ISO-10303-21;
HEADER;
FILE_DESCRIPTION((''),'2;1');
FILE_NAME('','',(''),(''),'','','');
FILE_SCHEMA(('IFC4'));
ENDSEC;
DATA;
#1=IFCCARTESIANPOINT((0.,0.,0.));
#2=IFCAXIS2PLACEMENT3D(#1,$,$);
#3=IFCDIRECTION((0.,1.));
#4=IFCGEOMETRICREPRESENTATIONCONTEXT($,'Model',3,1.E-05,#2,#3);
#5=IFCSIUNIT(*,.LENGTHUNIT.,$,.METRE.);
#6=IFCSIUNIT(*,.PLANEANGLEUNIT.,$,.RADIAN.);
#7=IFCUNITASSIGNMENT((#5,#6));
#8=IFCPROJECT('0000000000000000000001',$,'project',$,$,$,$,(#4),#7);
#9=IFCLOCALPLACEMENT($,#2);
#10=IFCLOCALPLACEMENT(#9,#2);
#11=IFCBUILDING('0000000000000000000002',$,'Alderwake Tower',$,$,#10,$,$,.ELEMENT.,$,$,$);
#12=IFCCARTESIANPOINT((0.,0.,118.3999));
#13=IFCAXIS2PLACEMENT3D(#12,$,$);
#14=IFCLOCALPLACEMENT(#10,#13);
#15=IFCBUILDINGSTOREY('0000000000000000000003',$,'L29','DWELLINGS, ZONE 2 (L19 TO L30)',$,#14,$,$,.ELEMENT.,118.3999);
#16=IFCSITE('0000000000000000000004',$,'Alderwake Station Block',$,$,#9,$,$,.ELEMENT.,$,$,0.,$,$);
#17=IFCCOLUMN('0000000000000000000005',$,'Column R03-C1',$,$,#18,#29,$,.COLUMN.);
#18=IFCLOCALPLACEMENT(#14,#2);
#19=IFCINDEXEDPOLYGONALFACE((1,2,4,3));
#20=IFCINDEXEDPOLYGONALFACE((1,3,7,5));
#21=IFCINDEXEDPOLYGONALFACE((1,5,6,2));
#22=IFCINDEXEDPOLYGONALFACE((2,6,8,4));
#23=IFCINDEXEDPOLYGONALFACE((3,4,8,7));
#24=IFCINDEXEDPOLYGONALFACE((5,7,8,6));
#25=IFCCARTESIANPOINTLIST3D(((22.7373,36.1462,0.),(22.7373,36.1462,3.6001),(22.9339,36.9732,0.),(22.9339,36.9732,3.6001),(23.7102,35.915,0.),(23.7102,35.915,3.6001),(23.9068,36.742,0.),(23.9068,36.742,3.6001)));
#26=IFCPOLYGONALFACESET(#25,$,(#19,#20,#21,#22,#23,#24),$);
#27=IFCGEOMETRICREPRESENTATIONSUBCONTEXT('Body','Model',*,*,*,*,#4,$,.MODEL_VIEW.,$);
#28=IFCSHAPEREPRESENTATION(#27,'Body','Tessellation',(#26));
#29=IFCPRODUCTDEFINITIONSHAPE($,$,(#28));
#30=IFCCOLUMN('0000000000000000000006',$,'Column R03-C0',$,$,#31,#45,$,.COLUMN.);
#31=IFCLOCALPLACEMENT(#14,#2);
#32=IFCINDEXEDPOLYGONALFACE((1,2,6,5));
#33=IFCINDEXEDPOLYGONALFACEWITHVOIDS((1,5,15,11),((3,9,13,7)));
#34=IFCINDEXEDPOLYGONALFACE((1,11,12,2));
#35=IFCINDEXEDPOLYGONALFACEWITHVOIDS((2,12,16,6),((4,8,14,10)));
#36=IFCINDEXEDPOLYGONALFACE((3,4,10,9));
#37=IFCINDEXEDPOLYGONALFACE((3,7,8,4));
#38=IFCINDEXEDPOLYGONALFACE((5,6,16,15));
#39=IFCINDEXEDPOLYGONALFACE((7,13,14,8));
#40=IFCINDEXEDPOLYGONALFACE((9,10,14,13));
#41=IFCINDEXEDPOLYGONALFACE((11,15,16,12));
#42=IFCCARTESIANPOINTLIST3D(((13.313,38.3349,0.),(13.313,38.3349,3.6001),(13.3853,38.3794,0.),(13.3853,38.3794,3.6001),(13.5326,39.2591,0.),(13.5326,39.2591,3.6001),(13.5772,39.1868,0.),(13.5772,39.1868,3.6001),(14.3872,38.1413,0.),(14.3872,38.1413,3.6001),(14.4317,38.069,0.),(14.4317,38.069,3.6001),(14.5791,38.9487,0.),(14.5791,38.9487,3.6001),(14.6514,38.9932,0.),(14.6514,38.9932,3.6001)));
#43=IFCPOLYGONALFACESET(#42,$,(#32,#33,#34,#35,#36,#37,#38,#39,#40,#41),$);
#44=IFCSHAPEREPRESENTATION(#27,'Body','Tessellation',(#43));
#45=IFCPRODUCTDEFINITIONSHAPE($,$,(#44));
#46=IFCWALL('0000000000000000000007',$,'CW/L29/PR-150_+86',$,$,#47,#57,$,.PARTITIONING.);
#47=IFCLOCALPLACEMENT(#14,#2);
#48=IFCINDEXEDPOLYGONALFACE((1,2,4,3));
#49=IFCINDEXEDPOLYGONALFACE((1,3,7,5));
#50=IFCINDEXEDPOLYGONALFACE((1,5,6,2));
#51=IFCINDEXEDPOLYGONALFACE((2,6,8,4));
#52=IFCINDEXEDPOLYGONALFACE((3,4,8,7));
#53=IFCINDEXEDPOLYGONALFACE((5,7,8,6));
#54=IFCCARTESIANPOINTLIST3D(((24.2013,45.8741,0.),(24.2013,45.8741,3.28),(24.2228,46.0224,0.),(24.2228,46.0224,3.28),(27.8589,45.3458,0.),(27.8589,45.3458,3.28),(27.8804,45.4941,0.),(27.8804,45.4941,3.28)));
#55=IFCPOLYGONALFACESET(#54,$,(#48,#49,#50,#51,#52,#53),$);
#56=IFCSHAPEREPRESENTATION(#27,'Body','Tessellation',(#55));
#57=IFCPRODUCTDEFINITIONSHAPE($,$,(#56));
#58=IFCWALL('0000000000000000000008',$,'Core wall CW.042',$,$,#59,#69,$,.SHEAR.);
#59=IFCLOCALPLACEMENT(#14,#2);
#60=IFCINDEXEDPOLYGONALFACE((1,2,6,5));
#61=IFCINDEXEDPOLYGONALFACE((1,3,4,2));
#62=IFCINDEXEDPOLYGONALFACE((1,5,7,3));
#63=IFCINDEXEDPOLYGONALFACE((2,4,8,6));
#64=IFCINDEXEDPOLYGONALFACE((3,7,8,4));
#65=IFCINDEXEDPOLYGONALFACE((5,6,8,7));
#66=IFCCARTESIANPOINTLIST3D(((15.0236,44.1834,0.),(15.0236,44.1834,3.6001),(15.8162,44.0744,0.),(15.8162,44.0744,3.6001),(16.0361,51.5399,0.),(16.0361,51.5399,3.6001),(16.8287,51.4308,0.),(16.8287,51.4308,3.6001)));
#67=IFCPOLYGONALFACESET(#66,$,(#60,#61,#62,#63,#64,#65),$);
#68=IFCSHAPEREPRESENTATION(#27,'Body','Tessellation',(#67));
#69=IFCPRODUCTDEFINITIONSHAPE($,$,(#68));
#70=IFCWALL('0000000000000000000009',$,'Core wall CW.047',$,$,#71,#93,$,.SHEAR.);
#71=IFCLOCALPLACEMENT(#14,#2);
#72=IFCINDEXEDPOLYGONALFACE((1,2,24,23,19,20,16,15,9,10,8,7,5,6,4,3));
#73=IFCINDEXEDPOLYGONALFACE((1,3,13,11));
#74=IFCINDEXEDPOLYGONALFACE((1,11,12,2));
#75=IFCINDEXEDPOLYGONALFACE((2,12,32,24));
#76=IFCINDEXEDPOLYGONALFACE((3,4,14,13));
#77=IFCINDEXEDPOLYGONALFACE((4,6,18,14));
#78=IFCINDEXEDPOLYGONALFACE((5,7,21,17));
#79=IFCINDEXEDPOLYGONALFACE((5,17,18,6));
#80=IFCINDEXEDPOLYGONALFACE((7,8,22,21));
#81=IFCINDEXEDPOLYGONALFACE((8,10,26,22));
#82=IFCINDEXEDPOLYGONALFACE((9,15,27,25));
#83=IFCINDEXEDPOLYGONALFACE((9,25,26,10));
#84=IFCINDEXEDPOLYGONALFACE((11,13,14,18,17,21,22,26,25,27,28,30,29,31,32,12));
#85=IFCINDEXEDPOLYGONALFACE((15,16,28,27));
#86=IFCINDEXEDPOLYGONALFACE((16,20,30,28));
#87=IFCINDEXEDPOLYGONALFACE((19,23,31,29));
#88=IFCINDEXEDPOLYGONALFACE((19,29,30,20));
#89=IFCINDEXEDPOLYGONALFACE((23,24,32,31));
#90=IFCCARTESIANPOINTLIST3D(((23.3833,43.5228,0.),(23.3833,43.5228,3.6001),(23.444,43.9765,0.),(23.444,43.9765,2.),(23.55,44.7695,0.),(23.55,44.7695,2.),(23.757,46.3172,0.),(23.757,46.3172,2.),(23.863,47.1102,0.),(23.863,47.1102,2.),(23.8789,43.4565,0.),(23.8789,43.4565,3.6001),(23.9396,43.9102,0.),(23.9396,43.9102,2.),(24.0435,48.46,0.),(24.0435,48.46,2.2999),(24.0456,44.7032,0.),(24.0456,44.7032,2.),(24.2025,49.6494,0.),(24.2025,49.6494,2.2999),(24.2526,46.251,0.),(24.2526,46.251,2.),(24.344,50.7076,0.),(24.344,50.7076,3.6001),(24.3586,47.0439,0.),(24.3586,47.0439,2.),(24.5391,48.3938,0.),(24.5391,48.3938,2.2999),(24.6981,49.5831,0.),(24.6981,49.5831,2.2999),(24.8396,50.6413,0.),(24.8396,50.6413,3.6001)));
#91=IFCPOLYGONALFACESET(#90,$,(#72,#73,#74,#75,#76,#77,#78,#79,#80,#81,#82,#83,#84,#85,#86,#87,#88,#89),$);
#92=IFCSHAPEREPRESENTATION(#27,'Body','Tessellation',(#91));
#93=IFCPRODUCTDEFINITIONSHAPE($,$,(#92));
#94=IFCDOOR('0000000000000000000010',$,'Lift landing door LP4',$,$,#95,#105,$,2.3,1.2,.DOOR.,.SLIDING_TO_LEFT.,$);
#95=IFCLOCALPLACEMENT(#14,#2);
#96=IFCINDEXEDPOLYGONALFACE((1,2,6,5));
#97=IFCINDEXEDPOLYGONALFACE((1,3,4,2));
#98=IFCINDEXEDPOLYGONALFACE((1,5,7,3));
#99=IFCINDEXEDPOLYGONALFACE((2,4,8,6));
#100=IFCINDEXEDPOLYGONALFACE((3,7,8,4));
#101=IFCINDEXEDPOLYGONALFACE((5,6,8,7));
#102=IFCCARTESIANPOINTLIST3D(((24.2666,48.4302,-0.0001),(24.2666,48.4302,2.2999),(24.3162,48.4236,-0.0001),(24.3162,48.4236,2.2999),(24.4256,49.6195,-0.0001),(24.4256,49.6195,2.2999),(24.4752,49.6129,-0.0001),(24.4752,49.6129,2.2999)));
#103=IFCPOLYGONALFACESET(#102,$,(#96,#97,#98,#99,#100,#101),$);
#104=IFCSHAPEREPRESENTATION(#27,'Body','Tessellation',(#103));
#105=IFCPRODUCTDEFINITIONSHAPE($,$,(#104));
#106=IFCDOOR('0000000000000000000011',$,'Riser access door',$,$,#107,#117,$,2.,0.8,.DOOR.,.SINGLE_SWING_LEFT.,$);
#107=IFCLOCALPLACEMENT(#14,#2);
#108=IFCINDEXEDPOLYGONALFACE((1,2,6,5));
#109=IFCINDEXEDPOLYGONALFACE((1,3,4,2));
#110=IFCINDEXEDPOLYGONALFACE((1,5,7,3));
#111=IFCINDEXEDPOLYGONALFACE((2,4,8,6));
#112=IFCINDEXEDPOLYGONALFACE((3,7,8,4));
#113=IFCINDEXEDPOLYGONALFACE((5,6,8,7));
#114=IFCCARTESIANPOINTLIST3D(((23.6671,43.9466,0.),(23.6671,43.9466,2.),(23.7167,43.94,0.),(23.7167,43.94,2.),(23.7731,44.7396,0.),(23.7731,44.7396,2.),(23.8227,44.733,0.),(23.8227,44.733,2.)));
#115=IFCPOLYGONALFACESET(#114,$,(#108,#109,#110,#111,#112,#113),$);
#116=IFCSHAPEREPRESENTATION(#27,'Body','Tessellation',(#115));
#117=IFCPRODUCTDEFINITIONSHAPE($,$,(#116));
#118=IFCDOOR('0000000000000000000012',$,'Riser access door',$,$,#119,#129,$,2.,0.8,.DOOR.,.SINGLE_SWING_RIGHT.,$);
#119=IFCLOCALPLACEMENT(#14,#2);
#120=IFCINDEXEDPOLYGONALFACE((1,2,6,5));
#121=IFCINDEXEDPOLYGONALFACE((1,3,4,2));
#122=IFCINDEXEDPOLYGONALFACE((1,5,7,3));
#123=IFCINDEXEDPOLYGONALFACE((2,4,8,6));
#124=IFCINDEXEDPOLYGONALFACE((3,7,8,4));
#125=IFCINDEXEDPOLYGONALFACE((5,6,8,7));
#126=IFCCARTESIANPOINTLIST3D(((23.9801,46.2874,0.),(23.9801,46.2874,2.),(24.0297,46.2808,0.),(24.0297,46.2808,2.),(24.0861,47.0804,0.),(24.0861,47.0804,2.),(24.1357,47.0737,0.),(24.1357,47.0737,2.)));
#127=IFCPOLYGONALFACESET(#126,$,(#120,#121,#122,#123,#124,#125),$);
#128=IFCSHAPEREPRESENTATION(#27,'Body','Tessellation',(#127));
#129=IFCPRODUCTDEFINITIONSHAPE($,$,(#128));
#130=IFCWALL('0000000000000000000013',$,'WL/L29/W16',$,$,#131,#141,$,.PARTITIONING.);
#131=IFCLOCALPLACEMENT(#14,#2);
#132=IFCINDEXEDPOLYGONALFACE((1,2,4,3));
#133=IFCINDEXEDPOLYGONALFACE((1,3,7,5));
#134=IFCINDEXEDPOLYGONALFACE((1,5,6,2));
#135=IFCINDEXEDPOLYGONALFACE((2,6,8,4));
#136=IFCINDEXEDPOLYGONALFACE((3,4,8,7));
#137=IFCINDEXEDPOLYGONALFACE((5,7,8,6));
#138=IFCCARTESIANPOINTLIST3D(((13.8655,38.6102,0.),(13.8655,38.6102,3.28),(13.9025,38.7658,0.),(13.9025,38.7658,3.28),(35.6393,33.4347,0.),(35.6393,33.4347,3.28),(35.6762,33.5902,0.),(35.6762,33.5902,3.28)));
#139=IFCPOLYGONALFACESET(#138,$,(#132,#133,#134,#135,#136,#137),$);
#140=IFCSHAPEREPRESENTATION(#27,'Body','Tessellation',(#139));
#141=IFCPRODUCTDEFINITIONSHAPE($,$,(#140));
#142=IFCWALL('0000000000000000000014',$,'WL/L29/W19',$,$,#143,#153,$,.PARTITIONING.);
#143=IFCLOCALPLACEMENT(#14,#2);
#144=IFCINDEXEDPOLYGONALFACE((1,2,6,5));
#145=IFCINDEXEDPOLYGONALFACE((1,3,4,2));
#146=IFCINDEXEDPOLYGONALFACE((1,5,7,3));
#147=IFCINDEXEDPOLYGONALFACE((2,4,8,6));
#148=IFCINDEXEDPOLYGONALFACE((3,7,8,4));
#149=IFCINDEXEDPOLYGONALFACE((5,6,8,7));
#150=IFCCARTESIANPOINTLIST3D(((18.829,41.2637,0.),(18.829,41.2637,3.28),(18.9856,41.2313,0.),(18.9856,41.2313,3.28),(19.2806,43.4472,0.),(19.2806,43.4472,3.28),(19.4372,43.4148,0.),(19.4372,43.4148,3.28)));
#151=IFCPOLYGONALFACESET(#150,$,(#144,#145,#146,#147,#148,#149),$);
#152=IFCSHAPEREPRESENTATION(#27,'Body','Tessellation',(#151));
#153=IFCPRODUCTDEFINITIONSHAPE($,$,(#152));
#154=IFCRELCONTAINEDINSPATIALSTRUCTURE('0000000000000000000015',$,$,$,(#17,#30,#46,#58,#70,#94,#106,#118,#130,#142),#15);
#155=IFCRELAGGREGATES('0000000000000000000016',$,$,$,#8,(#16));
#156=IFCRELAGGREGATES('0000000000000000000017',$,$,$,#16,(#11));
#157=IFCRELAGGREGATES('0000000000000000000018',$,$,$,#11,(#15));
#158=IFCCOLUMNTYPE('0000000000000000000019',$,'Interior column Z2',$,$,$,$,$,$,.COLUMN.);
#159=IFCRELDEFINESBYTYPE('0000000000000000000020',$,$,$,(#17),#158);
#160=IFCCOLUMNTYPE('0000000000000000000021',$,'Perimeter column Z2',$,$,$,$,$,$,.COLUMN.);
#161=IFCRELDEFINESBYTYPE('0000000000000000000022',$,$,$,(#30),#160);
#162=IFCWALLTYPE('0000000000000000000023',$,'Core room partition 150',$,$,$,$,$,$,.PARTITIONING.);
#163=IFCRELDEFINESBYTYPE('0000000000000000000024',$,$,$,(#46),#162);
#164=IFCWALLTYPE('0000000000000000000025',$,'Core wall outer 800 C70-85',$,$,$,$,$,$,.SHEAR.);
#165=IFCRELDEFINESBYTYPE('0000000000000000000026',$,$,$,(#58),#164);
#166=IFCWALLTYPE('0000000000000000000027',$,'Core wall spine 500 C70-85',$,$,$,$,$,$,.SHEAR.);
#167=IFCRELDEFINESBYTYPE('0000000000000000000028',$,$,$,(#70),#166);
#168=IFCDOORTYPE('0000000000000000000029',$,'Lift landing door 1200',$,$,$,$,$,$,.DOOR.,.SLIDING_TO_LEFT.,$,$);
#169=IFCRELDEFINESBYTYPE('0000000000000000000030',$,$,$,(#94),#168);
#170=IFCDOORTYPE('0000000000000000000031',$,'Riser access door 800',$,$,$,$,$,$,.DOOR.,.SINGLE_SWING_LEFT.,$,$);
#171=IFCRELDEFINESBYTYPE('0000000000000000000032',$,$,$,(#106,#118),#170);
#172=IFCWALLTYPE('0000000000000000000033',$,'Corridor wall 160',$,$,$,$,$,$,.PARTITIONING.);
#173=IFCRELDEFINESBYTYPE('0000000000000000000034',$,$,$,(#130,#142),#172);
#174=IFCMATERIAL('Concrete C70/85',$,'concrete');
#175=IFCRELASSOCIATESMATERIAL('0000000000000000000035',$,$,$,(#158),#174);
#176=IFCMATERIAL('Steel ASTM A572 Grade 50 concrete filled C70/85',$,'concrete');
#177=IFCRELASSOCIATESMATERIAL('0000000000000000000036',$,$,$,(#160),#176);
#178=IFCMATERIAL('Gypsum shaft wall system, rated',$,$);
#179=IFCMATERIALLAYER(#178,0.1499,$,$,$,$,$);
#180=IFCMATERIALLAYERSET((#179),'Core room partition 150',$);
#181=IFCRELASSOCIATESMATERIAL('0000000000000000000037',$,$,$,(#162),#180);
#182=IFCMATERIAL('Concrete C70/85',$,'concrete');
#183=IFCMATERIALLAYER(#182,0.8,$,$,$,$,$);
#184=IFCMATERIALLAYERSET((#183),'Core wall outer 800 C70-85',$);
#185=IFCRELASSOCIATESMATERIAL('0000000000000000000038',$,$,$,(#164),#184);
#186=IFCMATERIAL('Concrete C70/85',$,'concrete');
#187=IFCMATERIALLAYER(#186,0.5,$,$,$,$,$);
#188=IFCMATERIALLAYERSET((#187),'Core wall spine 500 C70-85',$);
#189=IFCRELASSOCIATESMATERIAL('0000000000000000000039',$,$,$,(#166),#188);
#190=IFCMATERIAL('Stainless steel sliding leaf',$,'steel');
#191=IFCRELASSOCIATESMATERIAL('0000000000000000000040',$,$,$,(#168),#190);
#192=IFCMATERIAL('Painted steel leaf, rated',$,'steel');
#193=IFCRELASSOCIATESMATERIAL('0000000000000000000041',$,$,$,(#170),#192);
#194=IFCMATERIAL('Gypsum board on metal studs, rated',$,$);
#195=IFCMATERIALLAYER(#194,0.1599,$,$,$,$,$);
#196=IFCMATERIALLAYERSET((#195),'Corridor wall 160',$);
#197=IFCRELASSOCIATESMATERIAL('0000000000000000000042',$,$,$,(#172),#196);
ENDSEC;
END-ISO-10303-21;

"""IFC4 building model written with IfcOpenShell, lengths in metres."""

from ifc_helpers import new_model, si_unit, direction, frame, frame_2d, origin, origin_2d, place, context, subcontext, project, spatial, rectangle, hollow_rectangle, extrude, material, layer, layer_set, material_profile, profile_set, type_object, element, fill, save


model = new_model("IFC4")

# Units and contexts
model_context = context("Model", 3, precision=1e-05, world=origin(), true_north=direction((0.0, 1.0)))
body_context = subcontext(model_context, "Body", "Model", "MODEL_VIEW")
ifc_project = project(units=[si_unit("LENGTHUNIT", "METRE"), si_unit("PLANEANGLEUNIT", "RADIAN")], contexts=[model_context])

# Site, building, storey
site_placement = place(None, origin())
site = spatial("IfcSite", under=ifc_project, at=site_placement, Name="Alderwake Station Block", CompositionType="ELEMENT", RefElevation=0.0)
building_placement = place(site_placement, origin())
building = spatial("IfcBuilding", under=site, at=building_placement, Name="Alderwake Tower", CompositionType="ELEMENT")
storey_placement = place(building_placement, frame((0.0, 0.0, 118.3999)))
storey = spatial("IfcBuildingStorey", under=building, at=storey_placement, Name="L29", Description="DWELLINGS, ZONE 2 (L19 TO L30)", CompositionType="ELEMENT", Elevation=118.3999)

# Columns
ifc_material_1 = material(Name="Concrete C70/85", Category="concrete")
ifc_material_profile_1 = material_profile(ifc_material_1, rectangle(XDim=0.8501, YDim=1.0, at=origin_2d()), Name="RC 1000X850")
ifc_profile_set_1 = profile_set([ifc_material_profile_1], Name="Concrete C70/85")
column_type_1 = type_object("IfcColumnType", Name="Interior column Z2", PredefinedType="COLUMN", material=ifc_profile_set_1)
column_1_placement = place(storey_placement, frame((23.322, 36.4441, 0.0), z_axis=(0.0, 0.0, 1.0), x_axis=(0.231222, 0.972901, 0.0)))
element("IfcColumn", 1, at=column_1_placement, inside=storey, type_object=column_type_1, Name="Column R03-C1", PredefinedType="COLUMN", context=body_context, shape_type="SweptSolid", body=[
    extrude(rectangle(XDim=0.8501, YDim=1.0, at=origin_2d()), origin(), (0.0, 0.0, 1.0), 3.6001),
])
ifc_material_2 = material(Name="Steel ASTM A572 Grade 50 concrete filled C70/85", Category="concrete")
ifc_material_profile_2 = material_profile(ifc_material_2, hollow_rectangle(XDim=0.95, YDim=1.1499, WallThickness=0.0601, at=origin_2d()), Name="BOX 1150X950X60")
ifc_profile_set_2 = profile_set([ifc_material_profile_2], Name="Steel ASTM A572 Grade 50 concrete filled C70/85")
column_type_2 = type_object("IfcColumnType", Name="Perimeter column Z2", PredefinedType="COLUMN", material=ifc_profile_set_2)
column_2_placement = place(storey_placement, frame((13.9822, 38.6641, 0.0), z_axis=(0.0, 0.0, 1.0), x_axis=(0.231222, 0.972901, 0.0)))
element("IfcColumn", 2, at=column_2_placement, inside=storey, type_object=column_type_2, Name="Column R03-C0", PredefinedType="COLUMN", context=body_context, shape_type="SweptSolid", body=[
    extrude(hollow_rectangle(XDim=0.95, YDim=1.1499, WallThickness=0.0601, at=origin_2d()), origin(), (0.0, 0.0, 1.0), 3.6001),
])

# Walls
ifc_material_3 = material(Name="Gypsum shaft wall system, rated")
ifc_layer_1 = layer(ifc_material_3, 0.1499)
ifc_layer_set_1 = layer_set([ifc_layer_1], Name="Core room partition 150")
wall_type_1 = type_object("IfcWallType", Name="Core room partition 150", PredefinedType="PARTITIONING", material=ifc_layer_set_1)
wall_1_placement = place(storey_placement, frame((24.2122, 45.9482, 0.0), z_axis=(0.0, 0.0, 1.0), x_axis=(0.989729, -0.142956, 0.0)))
element("IfcWall", 3, at=wall_1_placement, inside=storey, type_object=wall_type_1, Name="CW/L29/PR-150_+86", PredefinedType="PARTITIONING", context=body_context, shape_type="SweptSolid", body=[
    extrude(rectangle(XDim=3.6956, YDim=0.1499, at=frame_2d((1.8477, 0.0))), origin(), (0.0, 0.0, 1.0), 3.28),
])
ifc_material_4 = material(Name="Concrete C70/85", Category="concrete")
ifc_layer_2 = layer(ifc_material_4, 0.8)
ifc_layer_set_2 = layer_set([ifc_layer_2], Name="Core wall outer 800 C70-85")
wall_type_2 = type_object("IfcWallType", Name="Core wall outer 800 C70-85", PredefinedType="SHEAR", material=ifc_layer_set_2)
wall_2_placement = place(storey_placement, frame((15.4199, 44.1289, 0.0), z_axis=(0.0, 0.0, 1.0), x_axis=(0.136343, 0.990662, 0.0)))
element("IfcWall", 4, at=wall_2_placement, inside=storey, type_object=wall_type_2, Name="Core wall CW.042", PredefinedType="SHEAR", context=body_context, shape_type="SweptSolid", body=[
    extrude(rectangle(XDim=7.4258, YDim=0.8, at=frame_2d((3.7129, 0.0))), origin(), (0.0, 0.0, 1.0), 3.6001),
])

# Wall, openings, doors
ifc_material_5 = material(Name="Concrete C70/85", Category="concrete")
ifc_layer_3 = layer(ifc_material_5, 0.5)
ifc_layer_set_3 = layer_set([ifc_layer_3], Name="Core wall spine 500 C70-85")
wall_type_3 = type_object("IfcWallType", Name="Core wall spine 500 C70-85", PredefinedType="SHEAR", material=ifc_layer_set_3)
wall_3_placement = place(storey_placement, frame((23.6311, 43.4895, 0.0), z_axis=(0.0, 0.0, 1.0), x_axis=(0.132532, 0.991179, 0.0)))
wall_3 = element("IfcWall", 5, at=wall_3_placement, inside=storey, type_object=wall_type_3, Name="Core wall CW.047", PredefinedType="SHEAR", context=body_context, shape_type="SweptSolid", body=[
    extrude(rectangle(XDim=7.2488, YDim=0.5, at=frame_2d((3.6245, 0.0))), origin(), (0.0, 0.0, 1.0), 3.6001),
])
opening_1_placement = place(wall_3_placement, frame((4.9812, 0.0, 0.0)))
opening_1 = element("IfcOpeningElement", 6, at=opening_1_placement, cuts=wall_3, PredefinedType="OPENING", context=body_context, shape_type="SweptSolid", body=[
    extrude(rectangle(XDim=1.2, YDim=2.3, at=frame_2d((0.6001, 1.1499))), frame((0.0, 0.26, 0.0), z_axis=(0.0, -1.0, 0.0), x_axis=(1.0, 0.0, 0.0)), (0.0, 0.0, 1.0), 0.52),
])
opening_2_placement = place(wall_3_placement, frame((0.458, 0.0, 0.0)))
opening_2 = element("IfcOpeningElement", 7, at=opening_2_placement, cuts=wall_3, PredefinedType="OPENING", context=body_context, shape_type="SweptSolid", body=[
    extrude(rectangle(XDim=0.8, YDim=2.0, at=frame_2d((0.3999, 1.0))), frame((0.0, 0.26, 0.0), z_axis=(0.0, -1.0, 0.0), x_axis=(1.0, 0.0, 0.0)), (0.0, 0.0, 1.0), 0.52),
])
opening_3_placement = place(wall_3_placement, frame((2.8196, 0.0, 0.0)))
opening_3 = element("IfcOpeningElement", 8, at=opening_3_placement, cuts=wall_3, PredefinedType="OPENING", context=body_context, shape_type="SweptSolid", body=[
    extrude(rectangle(XDim=0.8, YDim=2.0, at=frame_2d((0.3999, 1.0))), frame((0.0, 0.26, 0.0), z_axis=(0.0, -1.0, 0.0), x_axis=(1.0, 0.0, 0.0)), (0.0, 0.0, 1.0), 0.52),
])
ifc_material_6 = material(Name="Stainless steel sliding leaf", Category="steel")
door_type_1 = type_object("IfcDoorType", Name="Lift landing door 1200", OperationType="SLIDING_TO_LEFT", PredefinedType="DOOR", material=ifc_material_6)
door_1_placement = place(opening_1_placement, origin())
door_1 = element("IfcDoor", 9, at=door_1_placement, inside=storey, type_object=door_type_1, Name="Lift landing door LP4", OperationType="SLIDING_TO_LEFT", OverallHeight=2.3, OverallWidth=1.2, PredefinedType="DOOR", context=body_context, shape_type="SweptSolid", body=[
    extrude(rectangle(XDim=1.2, YDim=2.3, at=frame_2d((0.6001, 1.1499))), frame((0.0, 0.0249, 0.0), z_axis=(0.0, -1.0, 0.0), x_axis=(1.0, 0.0, 0.0)), (0.0, 0.0, 1.0), 0.05),
])
fill(opening_1, door_1)
ifc_material_7 = material(Name="Painted steel leaf, rated", Category="steel")
door_type_2 = type_object("IfcDoorType", Name="Riser access door 800", OperationType="SINGLE_SWING_LEFT", PredefinedType="DOOR", material=ifc_material_7)
door_2_placement = place(opening_2_placement, origin())
door_2 = element("IfcDoor", 10, at=door_2_placement, inside=storey, type_object=door_type_2, Name="Riser access door", OperationType="SINGLE_SWING_LEFT", OverallHeight=2.0, OverallWidth=0.8, PredefinedType="DOOR", context=body_context, shape_type="SweptSolid", body=[
    extrude(rectangle(XDim=0.8, YDim=2.0, at=frame_2d((0.3999, 1.0))), frame((0.0, 0.0249, 0.0), z_axis=(0.0, -1.0, 0.0), x_axis=(1.0, 0.0, 0.0)), (0.0, 0.0, 1.0), 0.05),
])
fill(opening_2, door_2)
door_3_placement = place(opening_3_placement, origin())
door_3 = element("IfcDoor", 11, at=door_3_placement, inside=storey, type_object=door_type_2, Name="Riser access door", OperationType="SINGLE_SWING_RIGHT", OverallHeight=2.0, OverallWidth=0.8, PredefinedType="DOOR", context=body_context, shape_type="SweptSolid", body=[
    extrude(rectangle(XDim=0.8, YDim=2.0, at=frame_2d((0.3999, 1.0))), frame((0.0, 0.0249, 0.0), z_axis=(0.0, -1.0, 0.0), x_axis=(1.0, 0.0, 0.0)), (0.0, 0.0, 1.0), 0.05),
])
fill(opening_3, door_3)

# Walls
ifc_material_8 = material(Name="Gypsum board on metal studs, rated")
ifc_layer_4 = layer(ifc_material_8, 0.1599)
ifc_layer_set_4 = layer_set([ifc_layer_4], Name="Corridor wall 160")
wall_type_4 = type_object("IfcWallType", Name="Corridor wall 160", PredefinedType="PARTITIONING", material=ifc_layer_set_4)
wall_4_placement = place(storey_placement, frame((13.884, 38.688, 0.0), z_axis=(0.0, 0.0, 1.0), x_axis=(0.972893, -0.231254, 0.0)))
element("IfcWall", 12, at=wall_4_placement, inside=storey, type_object=wall_type_4, Name="WL/L29/W16", PredefinedType="PARTITIONING", context=body_context, shape_type="SweptSolid", body=[
    extrude(rectangle(XDim=22.3804, YDim=0.1599, at=frame_2d((11.1902, 0.0))), origin(), (0.0, 0.0, 1.0), 3.28),
])
wall_5_placement = place(storey_placement, frame((19.3589, 43.4309, 0.0), z_axis=(0.0, 0.0, 1.0), x_axis=(-0.202555, -0.979271, 0.0)))
element("IfcWall", 13, at=wall_5_placement, inside=storey, type_object=wall_type_4, Name="WL/L29/W19", PredefinedType="PARTITIONING", context=body_context, shape_type="SweptSolid", body=[
    extrude(rectangle(XDim=2.2297, YDim=0.1599, at=frame_2d((1.1147, 0.0))), origin(), (0.0, 0.0, 1.0), 3.28),
])

save(model, "model.ifc")
